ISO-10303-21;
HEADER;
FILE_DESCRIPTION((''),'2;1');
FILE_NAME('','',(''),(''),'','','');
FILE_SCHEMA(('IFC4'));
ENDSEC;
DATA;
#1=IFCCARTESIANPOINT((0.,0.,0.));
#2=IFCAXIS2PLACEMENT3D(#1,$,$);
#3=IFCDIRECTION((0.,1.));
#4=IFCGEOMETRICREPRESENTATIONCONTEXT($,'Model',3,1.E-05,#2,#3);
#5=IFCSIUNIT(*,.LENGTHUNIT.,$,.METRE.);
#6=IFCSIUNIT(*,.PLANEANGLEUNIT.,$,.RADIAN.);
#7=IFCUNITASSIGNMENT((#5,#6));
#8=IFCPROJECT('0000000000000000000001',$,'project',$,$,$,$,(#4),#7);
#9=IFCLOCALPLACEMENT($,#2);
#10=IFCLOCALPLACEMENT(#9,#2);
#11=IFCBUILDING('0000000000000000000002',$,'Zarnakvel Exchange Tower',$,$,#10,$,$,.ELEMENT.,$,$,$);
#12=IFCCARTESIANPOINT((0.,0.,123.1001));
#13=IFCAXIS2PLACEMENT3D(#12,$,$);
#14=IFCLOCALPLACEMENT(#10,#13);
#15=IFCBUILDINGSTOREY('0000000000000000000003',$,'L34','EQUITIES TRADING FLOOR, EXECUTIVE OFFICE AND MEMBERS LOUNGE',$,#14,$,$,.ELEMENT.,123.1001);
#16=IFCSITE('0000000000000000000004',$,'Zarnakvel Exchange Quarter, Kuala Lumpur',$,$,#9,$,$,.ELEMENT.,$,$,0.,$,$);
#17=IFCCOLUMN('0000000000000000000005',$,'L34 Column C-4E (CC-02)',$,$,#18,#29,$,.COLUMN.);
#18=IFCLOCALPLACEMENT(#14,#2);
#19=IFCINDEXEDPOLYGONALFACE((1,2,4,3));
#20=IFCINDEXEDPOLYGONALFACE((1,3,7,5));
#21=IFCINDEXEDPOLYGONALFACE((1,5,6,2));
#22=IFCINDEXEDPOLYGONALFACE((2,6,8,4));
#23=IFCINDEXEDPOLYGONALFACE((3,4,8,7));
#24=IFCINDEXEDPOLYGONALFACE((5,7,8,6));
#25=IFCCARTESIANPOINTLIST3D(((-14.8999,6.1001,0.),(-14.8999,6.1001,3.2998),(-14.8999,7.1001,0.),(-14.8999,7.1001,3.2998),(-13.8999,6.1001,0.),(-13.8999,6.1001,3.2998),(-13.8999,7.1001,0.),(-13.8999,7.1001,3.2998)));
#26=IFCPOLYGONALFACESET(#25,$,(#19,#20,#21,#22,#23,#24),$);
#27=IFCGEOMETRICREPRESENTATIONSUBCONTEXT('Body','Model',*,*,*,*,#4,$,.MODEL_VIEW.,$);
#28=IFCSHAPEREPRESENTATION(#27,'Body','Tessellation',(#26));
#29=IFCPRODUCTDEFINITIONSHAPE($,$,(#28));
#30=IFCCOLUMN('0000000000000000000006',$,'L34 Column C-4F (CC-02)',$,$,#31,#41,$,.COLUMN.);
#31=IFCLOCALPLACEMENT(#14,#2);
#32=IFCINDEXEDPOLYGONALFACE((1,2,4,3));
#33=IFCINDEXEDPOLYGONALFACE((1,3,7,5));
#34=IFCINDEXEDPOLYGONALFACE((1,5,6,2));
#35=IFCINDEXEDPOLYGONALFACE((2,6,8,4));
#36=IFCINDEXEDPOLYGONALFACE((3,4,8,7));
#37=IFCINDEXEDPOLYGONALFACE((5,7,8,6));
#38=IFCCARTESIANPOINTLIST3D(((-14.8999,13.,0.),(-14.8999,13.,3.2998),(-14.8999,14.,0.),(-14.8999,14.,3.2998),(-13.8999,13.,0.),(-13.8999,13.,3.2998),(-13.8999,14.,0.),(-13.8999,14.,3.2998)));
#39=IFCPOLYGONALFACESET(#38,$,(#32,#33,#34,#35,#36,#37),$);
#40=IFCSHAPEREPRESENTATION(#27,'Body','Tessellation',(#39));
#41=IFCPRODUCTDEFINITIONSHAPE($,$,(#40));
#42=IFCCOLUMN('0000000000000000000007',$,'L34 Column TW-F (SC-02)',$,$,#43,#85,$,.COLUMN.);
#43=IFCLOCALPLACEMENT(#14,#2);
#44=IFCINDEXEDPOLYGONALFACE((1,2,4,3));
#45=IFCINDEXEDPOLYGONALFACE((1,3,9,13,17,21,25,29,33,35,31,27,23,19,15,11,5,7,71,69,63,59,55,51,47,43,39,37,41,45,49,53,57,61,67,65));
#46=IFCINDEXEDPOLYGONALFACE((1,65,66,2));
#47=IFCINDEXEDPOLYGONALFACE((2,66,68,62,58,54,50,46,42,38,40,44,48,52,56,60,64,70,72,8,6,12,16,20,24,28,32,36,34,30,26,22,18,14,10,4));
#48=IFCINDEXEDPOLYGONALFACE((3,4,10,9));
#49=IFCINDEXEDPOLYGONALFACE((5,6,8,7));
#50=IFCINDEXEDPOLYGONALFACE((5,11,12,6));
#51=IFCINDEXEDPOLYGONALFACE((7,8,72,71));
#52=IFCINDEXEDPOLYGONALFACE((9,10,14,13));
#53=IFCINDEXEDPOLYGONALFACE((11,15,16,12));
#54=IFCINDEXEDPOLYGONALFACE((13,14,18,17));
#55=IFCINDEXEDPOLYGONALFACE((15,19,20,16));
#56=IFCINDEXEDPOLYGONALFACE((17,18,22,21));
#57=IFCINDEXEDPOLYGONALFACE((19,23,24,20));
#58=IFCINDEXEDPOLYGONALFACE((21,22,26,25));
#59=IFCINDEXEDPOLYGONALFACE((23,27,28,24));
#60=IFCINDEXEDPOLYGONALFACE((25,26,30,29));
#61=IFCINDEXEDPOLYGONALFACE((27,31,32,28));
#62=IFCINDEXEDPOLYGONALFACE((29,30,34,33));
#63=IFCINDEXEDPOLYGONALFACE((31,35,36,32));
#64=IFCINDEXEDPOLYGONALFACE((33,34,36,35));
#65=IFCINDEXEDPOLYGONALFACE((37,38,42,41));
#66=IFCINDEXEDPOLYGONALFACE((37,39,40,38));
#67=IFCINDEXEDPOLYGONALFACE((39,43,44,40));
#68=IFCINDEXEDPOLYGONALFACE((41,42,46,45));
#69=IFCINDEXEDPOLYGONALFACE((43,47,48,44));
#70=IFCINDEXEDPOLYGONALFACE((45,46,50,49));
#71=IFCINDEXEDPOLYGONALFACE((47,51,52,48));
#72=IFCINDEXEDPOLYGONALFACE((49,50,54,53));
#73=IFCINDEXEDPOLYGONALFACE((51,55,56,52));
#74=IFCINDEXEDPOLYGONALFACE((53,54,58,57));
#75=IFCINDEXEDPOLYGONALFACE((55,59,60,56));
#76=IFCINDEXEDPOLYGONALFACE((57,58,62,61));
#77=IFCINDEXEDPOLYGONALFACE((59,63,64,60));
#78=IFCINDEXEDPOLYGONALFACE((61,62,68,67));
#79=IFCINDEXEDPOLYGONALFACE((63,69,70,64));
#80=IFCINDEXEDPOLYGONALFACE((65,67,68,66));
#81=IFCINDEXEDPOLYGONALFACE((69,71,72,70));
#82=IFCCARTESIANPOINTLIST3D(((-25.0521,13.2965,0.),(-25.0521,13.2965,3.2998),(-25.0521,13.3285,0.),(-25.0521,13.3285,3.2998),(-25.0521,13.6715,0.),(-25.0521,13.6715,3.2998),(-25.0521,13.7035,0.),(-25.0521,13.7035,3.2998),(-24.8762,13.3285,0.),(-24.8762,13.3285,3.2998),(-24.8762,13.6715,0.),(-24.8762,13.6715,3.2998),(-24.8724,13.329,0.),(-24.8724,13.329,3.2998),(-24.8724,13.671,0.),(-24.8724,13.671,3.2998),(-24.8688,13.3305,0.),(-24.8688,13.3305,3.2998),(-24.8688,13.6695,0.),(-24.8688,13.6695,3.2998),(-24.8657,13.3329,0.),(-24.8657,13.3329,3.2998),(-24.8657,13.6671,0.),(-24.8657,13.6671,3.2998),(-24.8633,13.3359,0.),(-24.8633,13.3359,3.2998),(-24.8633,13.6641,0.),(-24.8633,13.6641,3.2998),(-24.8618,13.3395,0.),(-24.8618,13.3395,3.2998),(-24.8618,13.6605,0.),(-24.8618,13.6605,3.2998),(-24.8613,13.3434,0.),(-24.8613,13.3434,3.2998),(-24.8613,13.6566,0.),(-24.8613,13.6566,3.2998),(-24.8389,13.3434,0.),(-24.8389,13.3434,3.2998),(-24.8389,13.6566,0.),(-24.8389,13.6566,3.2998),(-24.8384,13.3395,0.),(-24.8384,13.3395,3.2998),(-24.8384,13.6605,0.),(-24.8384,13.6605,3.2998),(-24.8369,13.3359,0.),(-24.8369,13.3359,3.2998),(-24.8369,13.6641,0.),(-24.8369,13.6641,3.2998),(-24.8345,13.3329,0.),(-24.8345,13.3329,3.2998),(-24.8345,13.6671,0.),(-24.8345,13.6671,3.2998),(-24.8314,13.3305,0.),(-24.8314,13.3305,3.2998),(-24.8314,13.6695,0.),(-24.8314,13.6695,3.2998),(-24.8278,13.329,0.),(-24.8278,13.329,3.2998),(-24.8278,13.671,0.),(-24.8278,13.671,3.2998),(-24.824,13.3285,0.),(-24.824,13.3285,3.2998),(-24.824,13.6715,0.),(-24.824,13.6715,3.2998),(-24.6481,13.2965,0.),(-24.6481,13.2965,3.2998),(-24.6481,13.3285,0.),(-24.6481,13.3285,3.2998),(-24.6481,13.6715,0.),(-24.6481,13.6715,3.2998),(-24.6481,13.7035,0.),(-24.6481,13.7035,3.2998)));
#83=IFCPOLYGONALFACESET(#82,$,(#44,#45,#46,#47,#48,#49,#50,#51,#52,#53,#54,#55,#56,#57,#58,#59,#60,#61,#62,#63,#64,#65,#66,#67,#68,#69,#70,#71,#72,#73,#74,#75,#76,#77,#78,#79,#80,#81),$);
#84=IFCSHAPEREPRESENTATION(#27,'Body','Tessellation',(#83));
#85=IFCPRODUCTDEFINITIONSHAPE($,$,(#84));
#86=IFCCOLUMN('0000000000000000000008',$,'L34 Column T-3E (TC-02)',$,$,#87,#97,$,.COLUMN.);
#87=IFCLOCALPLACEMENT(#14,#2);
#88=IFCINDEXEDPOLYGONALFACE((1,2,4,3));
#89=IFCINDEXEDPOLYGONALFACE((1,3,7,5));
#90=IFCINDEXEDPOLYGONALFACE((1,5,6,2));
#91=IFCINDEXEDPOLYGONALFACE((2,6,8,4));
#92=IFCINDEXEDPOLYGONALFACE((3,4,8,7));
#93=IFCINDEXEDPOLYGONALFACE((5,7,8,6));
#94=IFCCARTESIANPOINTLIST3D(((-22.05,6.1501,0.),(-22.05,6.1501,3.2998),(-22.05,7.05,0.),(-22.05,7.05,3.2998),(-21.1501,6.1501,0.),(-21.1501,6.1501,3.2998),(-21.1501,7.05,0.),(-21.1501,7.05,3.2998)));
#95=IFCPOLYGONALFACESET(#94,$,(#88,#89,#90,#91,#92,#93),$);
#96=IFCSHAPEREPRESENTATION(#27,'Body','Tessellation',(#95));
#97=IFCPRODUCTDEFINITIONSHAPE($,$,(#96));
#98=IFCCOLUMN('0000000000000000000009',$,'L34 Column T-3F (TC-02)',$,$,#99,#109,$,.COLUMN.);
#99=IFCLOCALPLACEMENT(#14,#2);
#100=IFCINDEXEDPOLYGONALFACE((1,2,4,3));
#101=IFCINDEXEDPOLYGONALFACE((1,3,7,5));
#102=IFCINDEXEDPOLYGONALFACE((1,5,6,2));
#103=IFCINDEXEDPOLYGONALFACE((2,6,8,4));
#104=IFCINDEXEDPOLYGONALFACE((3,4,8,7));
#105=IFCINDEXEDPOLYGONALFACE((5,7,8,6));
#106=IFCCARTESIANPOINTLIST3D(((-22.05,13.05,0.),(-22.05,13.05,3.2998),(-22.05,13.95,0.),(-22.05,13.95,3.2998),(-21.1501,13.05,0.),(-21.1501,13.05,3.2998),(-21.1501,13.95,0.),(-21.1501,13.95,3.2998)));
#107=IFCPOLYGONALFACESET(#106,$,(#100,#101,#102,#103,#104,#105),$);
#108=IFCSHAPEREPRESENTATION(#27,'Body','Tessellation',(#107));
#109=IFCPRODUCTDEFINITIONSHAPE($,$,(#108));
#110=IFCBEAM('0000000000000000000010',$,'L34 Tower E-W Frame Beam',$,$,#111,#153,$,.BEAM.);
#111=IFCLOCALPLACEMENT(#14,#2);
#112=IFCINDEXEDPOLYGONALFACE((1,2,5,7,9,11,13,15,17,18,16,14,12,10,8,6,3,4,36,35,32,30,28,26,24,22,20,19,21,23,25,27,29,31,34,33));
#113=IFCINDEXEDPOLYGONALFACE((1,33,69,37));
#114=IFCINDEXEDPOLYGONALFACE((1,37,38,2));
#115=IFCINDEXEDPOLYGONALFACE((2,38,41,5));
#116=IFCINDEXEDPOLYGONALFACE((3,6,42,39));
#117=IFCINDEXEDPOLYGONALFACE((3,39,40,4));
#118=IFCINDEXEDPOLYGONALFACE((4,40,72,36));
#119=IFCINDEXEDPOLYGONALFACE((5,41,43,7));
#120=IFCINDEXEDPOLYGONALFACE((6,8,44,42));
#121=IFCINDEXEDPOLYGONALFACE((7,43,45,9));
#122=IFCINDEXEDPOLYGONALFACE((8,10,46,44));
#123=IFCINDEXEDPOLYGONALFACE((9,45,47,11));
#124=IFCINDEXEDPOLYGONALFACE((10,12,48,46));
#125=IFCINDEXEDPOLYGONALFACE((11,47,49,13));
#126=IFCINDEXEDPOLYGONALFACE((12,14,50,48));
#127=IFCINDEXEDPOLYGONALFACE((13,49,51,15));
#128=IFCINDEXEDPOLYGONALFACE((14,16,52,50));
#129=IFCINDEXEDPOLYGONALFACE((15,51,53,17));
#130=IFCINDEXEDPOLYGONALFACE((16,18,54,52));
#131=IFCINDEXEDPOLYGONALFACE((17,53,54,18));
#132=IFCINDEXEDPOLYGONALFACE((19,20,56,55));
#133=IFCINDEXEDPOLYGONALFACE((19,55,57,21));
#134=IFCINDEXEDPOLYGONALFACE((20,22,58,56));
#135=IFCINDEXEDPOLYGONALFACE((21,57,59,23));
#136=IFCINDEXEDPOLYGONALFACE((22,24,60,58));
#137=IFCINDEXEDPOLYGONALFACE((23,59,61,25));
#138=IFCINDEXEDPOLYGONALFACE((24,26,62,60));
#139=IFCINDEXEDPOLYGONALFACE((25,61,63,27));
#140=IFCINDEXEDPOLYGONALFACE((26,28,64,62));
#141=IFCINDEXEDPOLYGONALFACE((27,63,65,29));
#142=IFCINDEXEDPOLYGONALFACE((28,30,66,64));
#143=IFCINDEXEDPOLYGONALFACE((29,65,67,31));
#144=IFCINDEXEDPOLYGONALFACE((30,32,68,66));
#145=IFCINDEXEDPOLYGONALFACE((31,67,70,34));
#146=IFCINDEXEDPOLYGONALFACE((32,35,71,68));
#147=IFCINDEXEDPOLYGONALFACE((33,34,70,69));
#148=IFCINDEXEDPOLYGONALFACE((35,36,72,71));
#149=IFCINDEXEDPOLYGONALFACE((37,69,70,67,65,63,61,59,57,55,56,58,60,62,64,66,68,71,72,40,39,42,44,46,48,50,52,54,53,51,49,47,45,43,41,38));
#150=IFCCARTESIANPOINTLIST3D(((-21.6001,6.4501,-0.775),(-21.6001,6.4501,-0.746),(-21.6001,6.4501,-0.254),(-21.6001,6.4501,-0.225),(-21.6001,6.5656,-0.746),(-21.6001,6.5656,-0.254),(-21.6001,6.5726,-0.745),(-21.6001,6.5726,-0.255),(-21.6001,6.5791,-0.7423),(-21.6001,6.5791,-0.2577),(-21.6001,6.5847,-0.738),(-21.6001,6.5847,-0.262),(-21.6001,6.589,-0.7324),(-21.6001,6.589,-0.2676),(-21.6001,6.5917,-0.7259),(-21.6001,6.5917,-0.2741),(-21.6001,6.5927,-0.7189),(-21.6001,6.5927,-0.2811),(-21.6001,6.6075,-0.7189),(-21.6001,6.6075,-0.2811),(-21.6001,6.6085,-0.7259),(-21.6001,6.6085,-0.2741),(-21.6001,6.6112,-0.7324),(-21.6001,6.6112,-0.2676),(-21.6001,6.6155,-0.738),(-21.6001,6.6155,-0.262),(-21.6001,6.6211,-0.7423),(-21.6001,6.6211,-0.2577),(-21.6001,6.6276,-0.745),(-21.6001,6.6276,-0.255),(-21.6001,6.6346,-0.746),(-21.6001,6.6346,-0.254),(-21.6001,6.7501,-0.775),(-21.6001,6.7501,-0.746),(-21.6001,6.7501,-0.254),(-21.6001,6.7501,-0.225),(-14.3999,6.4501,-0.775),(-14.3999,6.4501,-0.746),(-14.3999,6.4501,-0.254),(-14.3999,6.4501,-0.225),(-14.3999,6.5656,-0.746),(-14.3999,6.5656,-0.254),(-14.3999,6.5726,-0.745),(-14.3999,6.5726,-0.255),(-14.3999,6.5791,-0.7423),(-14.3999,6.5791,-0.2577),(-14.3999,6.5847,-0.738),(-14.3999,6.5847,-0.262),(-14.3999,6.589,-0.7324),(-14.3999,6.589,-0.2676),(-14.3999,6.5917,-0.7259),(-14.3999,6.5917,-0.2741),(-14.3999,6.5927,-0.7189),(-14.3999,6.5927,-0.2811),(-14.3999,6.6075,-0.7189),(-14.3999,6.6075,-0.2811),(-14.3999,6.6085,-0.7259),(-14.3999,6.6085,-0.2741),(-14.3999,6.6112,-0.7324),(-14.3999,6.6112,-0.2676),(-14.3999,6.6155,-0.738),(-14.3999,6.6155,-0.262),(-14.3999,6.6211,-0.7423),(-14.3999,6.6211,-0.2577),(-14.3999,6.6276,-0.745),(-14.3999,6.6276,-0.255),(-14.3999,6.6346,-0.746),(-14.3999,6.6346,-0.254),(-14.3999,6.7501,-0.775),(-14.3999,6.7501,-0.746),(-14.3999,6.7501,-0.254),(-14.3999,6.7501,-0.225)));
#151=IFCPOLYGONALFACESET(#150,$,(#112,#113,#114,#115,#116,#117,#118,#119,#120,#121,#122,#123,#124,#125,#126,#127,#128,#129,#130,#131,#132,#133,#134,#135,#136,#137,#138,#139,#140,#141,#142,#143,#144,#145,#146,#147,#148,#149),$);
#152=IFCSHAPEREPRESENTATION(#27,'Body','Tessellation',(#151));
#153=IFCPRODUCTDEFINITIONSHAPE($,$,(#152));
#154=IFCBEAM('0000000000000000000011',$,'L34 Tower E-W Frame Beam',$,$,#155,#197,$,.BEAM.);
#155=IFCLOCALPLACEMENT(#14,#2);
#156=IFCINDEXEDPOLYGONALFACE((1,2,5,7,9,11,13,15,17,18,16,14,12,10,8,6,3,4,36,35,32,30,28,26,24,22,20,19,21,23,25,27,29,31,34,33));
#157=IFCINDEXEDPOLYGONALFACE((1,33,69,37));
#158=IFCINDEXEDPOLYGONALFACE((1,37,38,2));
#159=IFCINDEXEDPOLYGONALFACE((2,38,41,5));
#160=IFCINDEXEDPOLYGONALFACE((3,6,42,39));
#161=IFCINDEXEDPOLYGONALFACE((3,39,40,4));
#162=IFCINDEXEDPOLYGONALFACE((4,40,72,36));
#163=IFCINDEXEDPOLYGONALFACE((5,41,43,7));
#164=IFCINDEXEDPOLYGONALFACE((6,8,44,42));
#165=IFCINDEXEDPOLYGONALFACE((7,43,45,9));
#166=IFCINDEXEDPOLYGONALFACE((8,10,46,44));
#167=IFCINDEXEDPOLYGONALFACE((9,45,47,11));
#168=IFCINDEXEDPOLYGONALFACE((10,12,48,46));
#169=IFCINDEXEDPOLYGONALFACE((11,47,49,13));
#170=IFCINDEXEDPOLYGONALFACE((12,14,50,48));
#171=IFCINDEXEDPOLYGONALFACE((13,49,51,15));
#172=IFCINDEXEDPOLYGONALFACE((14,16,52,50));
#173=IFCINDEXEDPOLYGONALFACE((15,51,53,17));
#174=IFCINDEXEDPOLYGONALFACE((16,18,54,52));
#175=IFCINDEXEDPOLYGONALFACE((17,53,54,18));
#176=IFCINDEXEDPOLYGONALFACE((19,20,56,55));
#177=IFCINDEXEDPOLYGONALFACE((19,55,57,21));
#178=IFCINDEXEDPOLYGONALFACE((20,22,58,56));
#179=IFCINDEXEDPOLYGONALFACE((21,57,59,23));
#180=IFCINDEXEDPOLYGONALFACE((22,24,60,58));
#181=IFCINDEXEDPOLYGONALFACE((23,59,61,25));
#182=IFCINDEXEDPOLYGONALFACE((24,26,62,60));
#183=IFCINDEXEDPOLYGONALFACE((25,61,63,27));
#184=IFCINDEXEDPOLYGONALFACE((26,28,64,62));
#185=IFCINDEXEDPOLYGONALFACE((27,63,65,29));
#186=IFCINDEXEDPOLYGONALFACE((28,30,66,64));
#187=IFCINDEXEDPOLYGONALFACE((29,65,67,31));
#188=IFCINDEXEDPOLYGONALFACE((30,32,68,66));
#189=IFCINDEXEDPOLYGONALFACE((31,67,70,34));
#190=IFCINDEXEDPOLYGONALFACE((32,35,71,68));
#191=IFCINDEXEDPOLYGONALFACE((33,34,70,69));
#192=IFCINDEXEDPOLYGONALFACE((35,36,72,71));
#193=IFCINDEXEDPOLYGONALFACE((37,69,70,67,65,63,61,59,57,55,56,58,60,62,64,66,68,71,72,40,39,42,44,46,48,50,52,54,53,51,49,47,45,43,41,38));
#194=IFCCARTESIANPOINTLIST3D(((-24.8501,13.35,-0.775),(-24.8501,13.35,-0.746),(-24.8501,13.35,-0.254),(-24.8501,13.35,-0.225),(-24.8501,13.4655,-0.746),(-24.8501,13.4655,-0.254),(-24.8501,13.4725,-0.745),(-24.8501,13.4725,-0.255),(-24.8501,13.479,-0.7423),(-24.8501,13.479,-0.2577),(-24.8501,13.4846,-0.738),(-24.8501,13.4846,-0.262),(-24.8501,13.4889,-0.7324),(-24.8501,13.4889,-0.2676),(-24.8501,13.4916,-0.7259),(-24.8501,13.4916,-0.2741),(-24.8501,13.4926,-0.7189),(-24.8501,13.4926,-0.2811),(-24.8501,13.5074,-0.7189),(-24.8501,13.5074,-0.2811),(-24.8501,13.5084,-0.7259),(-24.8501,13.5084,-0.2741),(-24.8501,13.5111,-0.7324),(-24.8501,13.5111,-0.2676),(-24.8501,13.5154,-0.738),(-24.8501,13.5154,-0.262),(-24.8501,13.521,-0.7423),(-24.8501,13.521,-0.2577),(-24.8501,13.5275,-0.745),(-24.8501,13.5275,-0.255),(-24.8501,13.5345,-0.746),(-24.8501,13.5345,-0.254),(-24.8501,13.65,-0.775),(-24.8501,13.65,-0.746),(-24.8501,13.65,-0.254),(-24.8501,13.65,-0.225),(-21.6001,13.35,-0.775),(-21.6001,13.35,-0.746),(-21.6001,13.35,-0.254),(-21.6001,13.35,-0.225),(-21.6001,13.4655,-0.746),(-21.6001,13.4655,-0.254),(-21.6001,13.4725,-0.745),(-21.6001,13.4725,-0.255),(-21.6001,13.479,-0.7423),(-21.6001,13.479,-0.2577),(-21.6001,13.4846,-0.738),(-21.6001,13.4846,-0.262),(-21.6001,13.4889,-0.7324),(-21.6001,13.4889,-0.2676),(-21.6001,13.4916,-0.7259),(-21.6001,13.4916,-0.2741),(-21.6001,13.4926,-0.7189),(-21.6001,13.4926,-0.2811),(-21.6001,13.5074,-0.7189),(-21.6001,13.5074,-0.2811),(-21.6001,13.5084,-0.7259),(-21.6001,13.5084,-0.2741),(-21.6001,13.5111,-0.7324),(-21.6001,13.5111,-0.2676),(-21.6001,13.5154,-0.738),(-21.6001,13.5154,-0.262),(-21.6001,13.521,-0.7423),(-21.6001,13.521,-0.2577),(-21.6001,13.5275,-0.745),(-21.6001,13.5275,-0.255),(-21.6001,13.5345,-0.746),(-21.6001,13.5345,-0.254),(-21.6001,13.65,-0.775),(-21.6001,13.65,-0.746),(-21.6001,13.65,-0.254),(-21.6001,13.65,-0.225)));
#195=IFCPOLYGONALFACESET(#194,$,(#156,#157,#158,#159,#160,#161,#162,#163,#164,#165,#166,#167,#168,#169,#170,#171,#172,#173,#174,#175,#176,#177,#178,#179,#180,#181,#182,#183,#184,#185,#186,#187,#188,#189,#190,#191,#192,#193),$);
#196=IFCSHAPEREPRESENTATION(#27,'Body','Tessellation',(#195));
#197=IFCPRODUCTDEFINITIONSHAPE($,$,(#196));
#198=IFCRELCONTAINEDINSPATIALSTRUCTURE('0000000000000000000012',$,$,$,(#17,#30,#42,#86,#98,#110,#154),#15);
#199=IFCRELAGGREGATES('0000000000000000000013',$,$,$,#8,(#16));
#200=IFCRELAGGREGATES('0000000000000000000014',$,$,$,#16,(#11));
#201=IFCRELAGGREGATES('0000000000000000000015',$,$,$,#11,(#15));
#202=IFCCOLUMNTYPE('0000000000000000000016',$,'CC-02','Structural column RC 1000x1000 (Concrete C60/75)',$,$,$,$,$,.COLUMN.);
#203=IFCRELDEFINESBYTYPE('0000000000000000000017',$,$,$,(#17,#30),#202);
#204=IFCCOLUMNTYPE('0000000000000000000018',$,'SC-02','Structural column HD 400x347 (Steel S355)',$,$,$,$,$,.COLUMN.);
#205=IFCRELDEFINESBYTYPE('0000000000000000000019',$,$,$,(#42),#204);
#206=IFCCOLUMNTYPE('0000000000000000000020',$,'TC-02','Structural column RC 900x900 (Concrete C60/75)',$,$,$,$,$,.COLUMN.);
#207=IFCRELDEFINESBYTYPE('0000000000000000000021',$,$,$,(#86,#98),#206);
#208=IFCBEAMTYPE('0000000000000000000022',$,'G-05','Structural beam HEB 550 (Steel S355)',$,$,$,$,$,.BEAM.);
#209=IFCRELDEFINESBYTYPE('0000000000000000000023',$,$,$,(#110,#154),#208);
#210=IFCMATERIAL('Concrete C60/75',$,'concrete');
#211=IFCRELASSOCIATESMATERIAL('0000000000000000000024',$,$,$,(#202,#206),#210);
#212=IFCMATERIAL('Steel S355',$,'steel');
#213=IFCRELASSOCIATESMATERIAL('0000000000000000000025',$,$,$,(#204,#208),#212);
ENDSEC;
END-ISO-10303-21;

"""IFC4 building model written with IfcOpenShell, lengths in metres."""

from ifc_helpers import new_model, si_unit, direction, frame, origin, origin_2d, place, context, subcontext, project, spatial, rectangle, i_section, extrude, material, material_profile, profile_set, type_object, element, save


model = new_model("IFC4")

# Units and contexts
model_context = context("Model", 3, precision=1e-05, world=origin(), true_north=direction((0.0, 1.0)))
body_context = subcontext(model_context, "Body", "Model", "MODEL_VIEW")
ifc_project = project(units=[si_unit("LENGTHUNIT", "METRE"), si_unit("PLANEANGLEUNIT", "RADIAN")], contexts=[model_context])

# Site, building, storey
site_placement = place(None, origin())
site = spatial("IfcSite", under=ifc_project, at=site_placement, Name="Zarnakvel Exchange Quarter, Kuala Lumpur", CompositionType="ELEMENT", RefElevation=0.0)
building_placement = place(site_placement, origin())
building = spatial("IfcBuilding", under=site, at=building_placement, Name="Zarnakvel Exchange Tower", CompositionType="ELEMENT")
storey_placement = place(building_placement, frame((0.0, 0.0, 123.1001)))
storey = spatial("IfcBuildingStorey", under=building, at=storey_placement, Name="L34", Description="EQUITIES TRADING FLOOR, EXECUTIVE OFFICE AND MEMBERS LOUNGE", CompositionType="ELEMENT", Elevation=123.1001)

# Columns
ifc_material_1 = material(Name="Concrete C60/75", Category="concrete")
ifc_material_profile_1 = material_profile(ifc_material_1, rectangle(XDim=1.0, YDim=1.0, at=origin_2d()))
ifc_profile_set_1 = profile_set([ifc_material_profile_1], Name="Concrete C60/75")
column_type_1 = type_object("IfcColumnType", Name="CC-02", Description="Structural column RC 1000x1000 (Concrete C60/75)", PredefinedType="COLUMN", material=ifc_profile_set_1)
for number, where, z_axis, x_axis, name in (
    (1, (-14.3999, 6.6001, 0.0), (0.0, 0.0, 1.0), (1.0, 0.0, 0.0), "L34 Column C-4E (CC-02)"),
    (2, (-14.3999, 13.5, 0.0), (0.0, 0.0, 1.0), (1.0, 0.0, 0.0), "L34 Column C-4F (CC-02)"),
):
    element("IfcColumn", number, at=place(storey_placement, frame(where, z_axis=z_axis, x_axis=x_axis)), inside=storey, type_object=column_type_1, Name=name, PredefinedType="COLUMN", context=body_context, shape_type="SweptSolid", body=[
        extrude(rectangle(XDim=1.0, YDim=1.0, at=origin_2d()), origin(), (0.0, 0.0, 1.0), 3.2998),
    ])
ifc_material_2 = material(Name="Steel S355", Category="steel")
ifc_material_profile_2 = material_profile(ifc_material_2, i_section(OverallWidth=0.4041, OverallDepth=0.407, WebThickness=0.0225, FlangeThickness=0.032, FilletRadius=0.0149, at=origin_2d()))
ifc_profile_set_2 = profile_set([ifc_material_profile_2], Name="Steel S355")
column_type_2 = type_object("IfcColumnType", Name="SC-02", Description="Structural column HD 400x347 (Steel S355)", PredefinedType="COLUMN", material=ifc_profile_set_2)
column_placement = place(storey_placement, frame((-24.8501, 13.5, 0.0), z_axis=(0.0, 0.0, 1.0), x_axis=(1.0, 0.0, 0.0)))
element("IfcColumn", 3, at=column_placement, inside=storey, type_object=column_type_2, Name="L34 Column TW-F (SC-02)", PredefinedType="COLUMN", context=body_context, shape_type="SweptSolid", body=[
    extrude(i_section(OverallWidth=0.4041, OverallDepth=0.407, WebThickness=0.0225, FlangeThickness=0.032, FilletRadius=0.0149, at=origin_2d()), origin(), (0.0, 0.0, 1.0), 3.2998),
])
ifc_material_profile_3 = material_profile(ifc_material_1, rectangle(XDim=0.8999, YDim=0.8999, at=origin_2d()))
ifc_profile_set_3 = profile_set([ifc_material_profile_3], Name="Concrete C60/75")
column_type_3 = type_object("IfcColumnType", Name="TC-02", Description="Structural column RC 900x900 (Concrete C60/75)", PredefinedType="COLUMN", material=ifc_profile_set_3)
for number, where, z_axis, x_axis, name in (
    (4, (-21.6001, 6.6001, 0.0), (0.0, 0.0, 1.0), (1.0, 0.0, 0.0), "L34 Column T-3E (TC-02)"),
    (5, (-21.6001, 13.5, 0.0), (0.0, 0.0, 1.0), (1.0, 0.0, 0.0), "L34 Column T-3F (TC-02)"),
):
    element("IfcColumn", number, at=place(storey_placement, frame(where, z_axis=z_axis, x_axis=x_axis)), inside=storey, type_object=column_type_3, Name=name, PredefinedType="COLUMN", context=body_context, shape_type="SweptSolid", body=[
        extrude(rectangle(XDim=0.8999, YDim=0.8999, at=origin_2d()), origin(), (0.0, 0.0, 1.0), 3.2998),
    ])

# Beams
ifc_material_profile_4 = material_profile(ifc_material_2, i_section(OverallWidth=0.3, OverallDepth=0.55, WebThickness=0.0149, FlangeThickness=0.0291, FilletRadius=0.0271, at=origin_2d()))
ifc_profile_set_4 = profile_set([ifc_material_profile_4], Name="Steel S355")
beam_type = type_object("IfcBeamType", Name="G-05", Description="Structural beam HEB 550 (Steel S355)", PredefinedType="BEAM", material=ifc_profile_set_4)
beam_1_placement = place(storey_placement, frame((-21.6001, 6.6001, -0.5), z_axis=(1.0, 0.0, 0.0), x_axis=(0.0, 1.0, 0.0)))
element("IfcBeam", 6, at=beam_1_placement, inside=storey, type_object=beam_type, Name="L34 Tower E-W Frame Beam", PredefinedType="BEAM", context=body_context, shape_type="SweptSolid", body=[
    extrude(i_section(OverallWidth=0.3, OverallDepth=0.55, WebThickness=0.0149, FlangeThickness=0.0291, FilletRadius=0.0271, at=origin_2d()), origin(), (0.0, 0.0, 1.0), 7.2002),
])
beam_2_placement = place(storey_placement, frame((-24.8501, 13.5, -0.5), z_axis=(1.0, 0.0, 0.0), x_axis=(0.0, 1.0, 0.0)))
element("IfcBeam", 7, at=beam_2_placement, inside=storey, type_object=beam_type, Name="L34 Tower E-W Frame Beam", PredefinedType="BEAM", context=body_context, shape_type="SweptSolid", body=[
    extrude(i_section(OverallWidth=0.3, OverallDepth=0.55, WebThickness=0.0149, FlangeThickness=0.0291, FilletRadius=0.0271, at=origin_2d()), origin(), (0.0, 0.0, 1.0), 3.25),
])

save(model, "model.ifc")
